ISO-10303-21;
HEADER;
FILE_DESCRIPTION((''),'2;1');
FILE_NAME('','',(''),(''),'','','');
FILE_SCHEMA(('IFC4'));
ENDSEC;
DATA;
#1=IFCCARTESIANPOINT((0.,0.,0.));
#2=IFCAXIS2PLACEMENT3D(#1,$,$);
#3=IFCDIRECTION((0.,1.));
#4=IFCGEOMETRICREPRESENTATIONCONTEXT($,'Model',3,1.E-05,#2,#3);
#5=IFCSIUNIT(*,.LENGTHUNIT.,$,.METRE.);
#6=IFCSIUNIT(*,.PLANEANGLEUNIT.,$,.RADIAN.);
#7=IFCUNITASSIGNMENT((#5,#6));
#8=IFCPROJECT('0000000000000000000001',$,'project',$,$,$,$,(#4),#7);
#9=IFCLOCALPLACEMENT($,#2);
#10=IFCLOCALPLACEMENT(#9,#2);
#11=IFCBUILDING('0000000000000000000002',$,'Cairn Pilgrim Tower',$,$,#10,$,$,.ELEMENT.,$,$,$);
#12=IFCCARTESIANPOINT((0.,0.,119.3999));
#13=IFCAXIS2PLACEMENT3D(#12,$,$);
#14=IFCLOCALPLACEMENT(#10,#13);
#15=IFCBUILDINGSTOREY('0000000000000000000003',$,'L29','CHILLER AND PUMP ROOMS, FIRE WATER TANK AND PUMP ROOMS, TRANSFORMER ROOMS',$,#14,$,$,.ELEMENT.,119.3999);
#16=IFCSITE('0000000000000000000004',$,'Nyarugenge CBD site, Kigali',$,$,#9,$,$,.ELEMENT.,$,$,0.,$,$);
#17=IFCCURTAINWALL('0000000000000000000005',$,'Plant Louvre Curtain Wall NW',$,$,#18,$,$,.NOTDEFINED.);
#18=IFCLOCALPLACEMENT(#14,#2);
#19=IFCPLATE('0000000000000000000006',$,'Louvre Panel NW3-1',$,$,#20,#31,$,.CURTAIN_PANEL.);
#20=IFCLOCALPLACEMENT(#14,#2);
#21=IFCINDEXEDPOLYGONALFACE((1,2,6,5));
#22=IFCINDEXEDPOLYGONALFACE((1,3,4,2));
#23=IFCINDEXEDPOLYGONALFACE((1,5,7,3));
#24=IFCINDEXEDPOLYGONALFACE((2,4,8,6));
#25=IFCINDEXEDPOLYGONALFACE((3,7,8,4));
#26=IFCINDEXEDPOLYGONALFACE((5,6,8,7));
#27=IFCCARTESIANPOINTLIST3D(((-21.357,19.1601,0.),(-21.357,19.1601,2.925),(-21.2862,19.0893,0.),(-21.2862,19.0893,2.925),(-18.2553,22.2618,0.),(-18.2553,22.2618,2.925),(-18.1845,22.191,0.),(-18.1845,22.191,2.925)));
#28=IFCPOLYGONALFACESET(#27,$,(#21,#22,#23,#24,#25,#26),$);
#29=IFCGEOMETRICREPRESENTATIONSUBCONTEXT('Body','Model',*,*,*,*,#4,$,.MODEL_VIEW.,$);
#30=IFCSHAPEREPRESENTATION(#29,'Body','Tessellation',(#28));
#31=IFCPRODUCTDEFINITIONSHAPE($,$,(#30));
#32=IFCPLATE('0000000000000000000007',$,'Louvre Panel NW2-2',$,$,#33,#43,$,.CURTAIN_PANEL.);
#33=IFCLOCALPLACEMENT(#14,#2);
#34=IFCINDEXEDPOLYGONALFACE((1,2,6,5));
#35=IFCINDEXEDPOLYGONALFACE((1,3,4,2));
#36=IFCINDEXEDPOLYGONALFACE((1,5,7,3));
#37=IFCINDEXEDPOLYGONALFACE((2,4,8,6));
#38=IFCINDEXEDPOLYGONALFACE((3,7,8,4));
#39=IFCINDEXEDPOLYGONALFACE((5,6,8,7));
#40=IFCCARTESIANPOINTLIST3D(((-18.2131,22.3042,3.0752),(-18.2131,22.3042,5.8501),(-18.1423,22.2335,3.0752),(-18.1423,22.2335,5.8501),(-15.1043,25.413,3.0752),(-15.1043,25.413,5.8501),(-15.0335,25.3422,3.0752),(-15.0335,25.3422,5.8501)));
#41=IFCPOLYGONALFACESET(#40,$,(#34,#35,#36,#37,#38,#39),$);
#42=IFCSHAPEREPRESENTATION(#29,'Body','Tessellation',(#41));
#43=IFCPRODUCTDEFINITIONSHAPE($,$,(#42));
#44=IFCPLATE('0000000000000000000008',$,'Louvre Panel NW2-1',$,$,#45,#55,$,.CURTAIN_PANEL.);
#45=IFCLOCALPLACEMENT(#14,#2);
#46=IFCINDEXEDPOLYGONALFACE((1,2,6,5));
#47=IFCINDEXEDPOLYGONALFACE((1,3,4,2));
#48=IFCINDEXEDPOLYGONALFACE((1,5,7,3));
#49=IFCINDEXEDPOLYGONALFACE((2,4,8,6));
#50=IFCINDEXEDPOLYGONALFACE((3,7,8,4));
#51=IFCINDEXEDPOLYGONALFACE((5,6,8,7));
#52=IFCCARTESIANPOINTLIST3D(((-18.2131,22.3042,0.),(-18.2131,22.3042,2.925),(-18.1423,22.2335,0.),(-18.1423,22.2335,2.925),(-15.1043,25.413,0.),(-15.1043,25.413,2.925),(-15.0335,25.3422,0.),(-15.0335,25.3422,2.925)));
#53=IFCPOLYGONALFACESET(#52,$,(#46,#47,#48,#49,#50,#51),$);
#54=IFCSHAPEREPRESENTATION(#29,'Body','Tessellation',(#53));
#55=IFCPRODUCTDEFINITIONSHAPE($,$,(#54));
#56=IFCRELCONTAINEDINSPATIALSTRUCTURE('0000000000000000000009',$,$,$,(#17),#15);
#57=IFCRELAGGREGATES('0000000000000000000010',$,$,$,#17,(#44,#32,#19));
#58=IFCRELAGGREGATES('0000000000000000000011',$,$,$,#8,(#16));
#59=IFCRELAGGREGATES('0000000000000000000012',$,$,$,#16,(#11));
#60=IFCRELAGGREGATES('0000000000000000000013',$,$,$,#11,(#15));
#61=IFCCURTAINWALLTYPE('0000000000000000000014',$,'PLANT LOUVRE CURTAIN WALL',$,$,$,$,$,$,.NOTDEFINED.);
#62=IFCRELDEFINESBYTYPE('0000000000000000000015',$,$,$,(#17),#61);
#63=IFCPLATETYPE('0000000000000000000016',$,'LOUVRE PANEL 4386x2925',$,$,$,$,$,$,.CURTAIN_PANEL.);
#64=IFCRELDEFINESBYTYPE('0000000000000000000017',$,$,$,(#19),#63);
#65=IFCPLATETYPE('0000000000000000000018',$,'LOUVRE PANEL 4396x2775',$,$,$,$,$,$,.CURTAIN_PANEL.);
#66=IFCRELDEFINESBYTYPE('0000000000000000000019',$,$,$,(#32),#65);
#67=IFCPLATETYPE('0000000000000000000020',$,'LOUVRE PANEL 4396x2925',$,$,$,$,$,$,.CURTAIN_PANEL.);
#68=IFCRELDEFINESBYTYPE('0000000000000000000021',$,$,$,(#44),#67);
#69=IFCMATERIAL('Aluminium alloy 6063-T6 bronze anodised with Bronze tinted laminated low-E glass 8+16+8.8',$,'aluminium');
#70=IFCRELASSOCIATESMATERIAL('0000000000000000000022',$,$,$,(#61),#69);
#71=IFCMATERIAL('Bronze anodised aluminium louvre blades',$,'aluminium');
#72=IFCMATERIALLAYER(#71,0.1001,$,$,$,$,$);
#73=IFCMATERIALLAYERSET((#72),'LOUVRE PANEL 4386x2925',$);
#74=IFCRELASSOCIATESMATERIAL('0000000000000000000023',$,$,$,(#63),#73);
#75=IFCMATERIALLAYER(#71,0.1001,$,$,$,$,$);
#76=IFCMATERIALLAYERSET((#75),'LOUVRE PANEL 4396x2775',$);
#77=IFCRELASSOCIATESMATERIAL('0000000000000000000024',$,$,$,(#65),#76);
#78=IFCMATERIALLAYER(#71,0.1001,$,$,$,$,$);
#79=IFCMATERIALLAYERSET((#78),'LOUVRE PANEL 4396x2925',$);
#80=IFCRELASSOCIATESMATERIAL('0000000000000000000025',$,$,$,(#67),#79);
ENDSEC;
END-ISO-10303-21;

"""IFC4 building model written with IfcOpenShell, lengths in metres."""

from ifc_helpers import new_model, si_unit, direction, frame, origin, origin_2d, place, context, subcontext, project, spatial, rectangle, extrude, material, layer, layer_set, type_object, element, aggregate, save


model = new_model("IFC4")

# Units and contexts
model_context = context("Model", 3, precision=1e-05, world=origin(), true_north=direction((0.0, 1.0)))
body_context = subcontext(model_context, "Body", "Model", "MODEL_VIEW")
ifc_project = project(units=[si_unit("LENGTHUNIT", "METRE"), si_unit("PLANEANGLEUNIT", "RADIAN")], contexts=[model_context])

# Site, building, storey
site_placement = place(None, origin())
site = spatial("IfcSite", under=ifc_project, at=site_placement, Name="Nyarugenge CBD site, Kigali", CompositionType="ELEMENT", RefElevation=0.0)
building_placement = place(site_placement, origin())
building = spatial("IfcBuilding", under=site, at=building_placement, Name="Cairn Pilgrim Tower", CompositionType="ELEMENT")
storey_placement = place(building_placement, frame((0.0, 0.0, 119.3999)))
storey = spatial("IfcBuildingStorey", under=building, at=storey_placement, Name="L29", Description="CHILLER AND PUMP ROOMS, FIRE WATER TANK AND PUMP ROOMS, TRANSFORMER ROOMS", CompositionType="ELEMENT", Elevation=119.3999)

# Curtain wall
ifc_material_1 = material(Name="Aluminium alloy 6063-T6 bronze anodised with Bronze tinted laminated low-E glass 8+16+8.8", Category="aluminium")
curtain_wall_type = type_object("IfcCurtainWallType", Name="PLANT LOUVRE CURTAIN WALL", PredefinedType="NOTDEFINED", material=ifc_material_1)
curtain_wall_1_placement = place(storey_placement, origin())
curtain_wall_1 = element("IfcCurtainWall", 1, at=curtain_wall_1_placement, inside=storey, type_object=curtain_wall_type, Name="Plant Louvre Curtain Wall NW", PredefinedType="NOTDEFINED")

# Plates
ifc_material_2 = material(Name="Bronze anodised aluminium louvre blades", Category="aluminium")
ifc_layer_1 = layer(ifc_material_2, 0.1001)
ifc_layer_set_1 = layer_set([ifc_layer_1], Name="LOUVRE PANEL 4386x2925")
plate_type_1 = type_object("IfcPlateType", Name="LOUVRE PANEL 4386x2925", PredefinedType="CURTAIN_PANEL", material=ifc_layer_set_1)
plate_1_placement = place(storey_placement, frame((-19.7708, 20.6755, 0.0), z_axis=(0.0, 0.0, 1.0), x_axis=(-0.707107, -0.707107, 0.0)))
plate_1 = element("IfcPlate", 2, at=plate_1_placement, type_object=plate_type_1, Name="Louvre Panel NW3-1", PredefinedType="CURTAIN_PANEL", context=body_context, shape_type="SweptSolid", body=[
    extrude(rectangle(XDim=4.3865, YDim=0.1001, at=origin_2d()), origin(), (0.0, 0.0, 1.0), 2.925),
])
ifc_layer_2 = layer(ifc_material_2, 0.1001)
ifc_layer_set_2 = layer_set([ifc_layer_2], Name="LOUVRE PANEL 4396x2775")
plate_type_2 = type_object("IfcPlateType", Name="LOUVRE PANEL 4396x2775", PredefinedType="CURTAIN_PANEL", material=ifc_layer_set_2)
plate_2_placement = place(storey_placement, frame((-16.6233, 23.8232, 3.0752), z_axis=(0.0, 0.0, 1.0), x_axis=(-0.707107, -0.707107, 0.0)))
plate_2 = element("IfcPlate", 3, at=plate_2_placement, type_object=plate_type_2, Name="Louvre Panel NW2-2", PredefinedType="CURTAIN_PANEL", context=body_context, shape_type="SweptSolid", body=[
    extrude(rectangle(XDim=4.3965, YDim=0.1001, at=origin_2d()), origin(), (0.0, 0.0, 1.0), 2.7749),
])
ifc_layer_3 = layer(ifc_material_2, 0.1001)
ifc_layer_set_3 = layer_set([ifc_layer_3], Name="LOUVRE PANEL 4396x2925")
plate_type_3 = type_object("IfcPlateType", Name="LOUVRE PANEL 4396x2925", PredefinedType="CURTAIN_PANEL", material=ifc_layer_set_3)
plate_3_placement = place(storey_placement, frame((-16.6233, 23.8232, 0.0), z_axis=(0.0, 0.0, 1.0), x_axis=(-0.707107, -0.707107, 0.0)))
plate_3 = element("IfcPlate", 4, at=plate_3_placement, type_object=plate_type_3, Name="Louvre Panel NW2-1", PredefinedType="CURTAIN_PANEL", context=body_context, shape_type="SweptSolid", body=[
    extrude(rectangle(XDim=4.3965, YDim=0.1001, at=origin_2d()), origin(), (0.0, 0.0, 1.0), 2.925),
])
aggregate(curtain_wall_1, [plate_3, plate_2, plate_1])

save(model, "model.ifc")
